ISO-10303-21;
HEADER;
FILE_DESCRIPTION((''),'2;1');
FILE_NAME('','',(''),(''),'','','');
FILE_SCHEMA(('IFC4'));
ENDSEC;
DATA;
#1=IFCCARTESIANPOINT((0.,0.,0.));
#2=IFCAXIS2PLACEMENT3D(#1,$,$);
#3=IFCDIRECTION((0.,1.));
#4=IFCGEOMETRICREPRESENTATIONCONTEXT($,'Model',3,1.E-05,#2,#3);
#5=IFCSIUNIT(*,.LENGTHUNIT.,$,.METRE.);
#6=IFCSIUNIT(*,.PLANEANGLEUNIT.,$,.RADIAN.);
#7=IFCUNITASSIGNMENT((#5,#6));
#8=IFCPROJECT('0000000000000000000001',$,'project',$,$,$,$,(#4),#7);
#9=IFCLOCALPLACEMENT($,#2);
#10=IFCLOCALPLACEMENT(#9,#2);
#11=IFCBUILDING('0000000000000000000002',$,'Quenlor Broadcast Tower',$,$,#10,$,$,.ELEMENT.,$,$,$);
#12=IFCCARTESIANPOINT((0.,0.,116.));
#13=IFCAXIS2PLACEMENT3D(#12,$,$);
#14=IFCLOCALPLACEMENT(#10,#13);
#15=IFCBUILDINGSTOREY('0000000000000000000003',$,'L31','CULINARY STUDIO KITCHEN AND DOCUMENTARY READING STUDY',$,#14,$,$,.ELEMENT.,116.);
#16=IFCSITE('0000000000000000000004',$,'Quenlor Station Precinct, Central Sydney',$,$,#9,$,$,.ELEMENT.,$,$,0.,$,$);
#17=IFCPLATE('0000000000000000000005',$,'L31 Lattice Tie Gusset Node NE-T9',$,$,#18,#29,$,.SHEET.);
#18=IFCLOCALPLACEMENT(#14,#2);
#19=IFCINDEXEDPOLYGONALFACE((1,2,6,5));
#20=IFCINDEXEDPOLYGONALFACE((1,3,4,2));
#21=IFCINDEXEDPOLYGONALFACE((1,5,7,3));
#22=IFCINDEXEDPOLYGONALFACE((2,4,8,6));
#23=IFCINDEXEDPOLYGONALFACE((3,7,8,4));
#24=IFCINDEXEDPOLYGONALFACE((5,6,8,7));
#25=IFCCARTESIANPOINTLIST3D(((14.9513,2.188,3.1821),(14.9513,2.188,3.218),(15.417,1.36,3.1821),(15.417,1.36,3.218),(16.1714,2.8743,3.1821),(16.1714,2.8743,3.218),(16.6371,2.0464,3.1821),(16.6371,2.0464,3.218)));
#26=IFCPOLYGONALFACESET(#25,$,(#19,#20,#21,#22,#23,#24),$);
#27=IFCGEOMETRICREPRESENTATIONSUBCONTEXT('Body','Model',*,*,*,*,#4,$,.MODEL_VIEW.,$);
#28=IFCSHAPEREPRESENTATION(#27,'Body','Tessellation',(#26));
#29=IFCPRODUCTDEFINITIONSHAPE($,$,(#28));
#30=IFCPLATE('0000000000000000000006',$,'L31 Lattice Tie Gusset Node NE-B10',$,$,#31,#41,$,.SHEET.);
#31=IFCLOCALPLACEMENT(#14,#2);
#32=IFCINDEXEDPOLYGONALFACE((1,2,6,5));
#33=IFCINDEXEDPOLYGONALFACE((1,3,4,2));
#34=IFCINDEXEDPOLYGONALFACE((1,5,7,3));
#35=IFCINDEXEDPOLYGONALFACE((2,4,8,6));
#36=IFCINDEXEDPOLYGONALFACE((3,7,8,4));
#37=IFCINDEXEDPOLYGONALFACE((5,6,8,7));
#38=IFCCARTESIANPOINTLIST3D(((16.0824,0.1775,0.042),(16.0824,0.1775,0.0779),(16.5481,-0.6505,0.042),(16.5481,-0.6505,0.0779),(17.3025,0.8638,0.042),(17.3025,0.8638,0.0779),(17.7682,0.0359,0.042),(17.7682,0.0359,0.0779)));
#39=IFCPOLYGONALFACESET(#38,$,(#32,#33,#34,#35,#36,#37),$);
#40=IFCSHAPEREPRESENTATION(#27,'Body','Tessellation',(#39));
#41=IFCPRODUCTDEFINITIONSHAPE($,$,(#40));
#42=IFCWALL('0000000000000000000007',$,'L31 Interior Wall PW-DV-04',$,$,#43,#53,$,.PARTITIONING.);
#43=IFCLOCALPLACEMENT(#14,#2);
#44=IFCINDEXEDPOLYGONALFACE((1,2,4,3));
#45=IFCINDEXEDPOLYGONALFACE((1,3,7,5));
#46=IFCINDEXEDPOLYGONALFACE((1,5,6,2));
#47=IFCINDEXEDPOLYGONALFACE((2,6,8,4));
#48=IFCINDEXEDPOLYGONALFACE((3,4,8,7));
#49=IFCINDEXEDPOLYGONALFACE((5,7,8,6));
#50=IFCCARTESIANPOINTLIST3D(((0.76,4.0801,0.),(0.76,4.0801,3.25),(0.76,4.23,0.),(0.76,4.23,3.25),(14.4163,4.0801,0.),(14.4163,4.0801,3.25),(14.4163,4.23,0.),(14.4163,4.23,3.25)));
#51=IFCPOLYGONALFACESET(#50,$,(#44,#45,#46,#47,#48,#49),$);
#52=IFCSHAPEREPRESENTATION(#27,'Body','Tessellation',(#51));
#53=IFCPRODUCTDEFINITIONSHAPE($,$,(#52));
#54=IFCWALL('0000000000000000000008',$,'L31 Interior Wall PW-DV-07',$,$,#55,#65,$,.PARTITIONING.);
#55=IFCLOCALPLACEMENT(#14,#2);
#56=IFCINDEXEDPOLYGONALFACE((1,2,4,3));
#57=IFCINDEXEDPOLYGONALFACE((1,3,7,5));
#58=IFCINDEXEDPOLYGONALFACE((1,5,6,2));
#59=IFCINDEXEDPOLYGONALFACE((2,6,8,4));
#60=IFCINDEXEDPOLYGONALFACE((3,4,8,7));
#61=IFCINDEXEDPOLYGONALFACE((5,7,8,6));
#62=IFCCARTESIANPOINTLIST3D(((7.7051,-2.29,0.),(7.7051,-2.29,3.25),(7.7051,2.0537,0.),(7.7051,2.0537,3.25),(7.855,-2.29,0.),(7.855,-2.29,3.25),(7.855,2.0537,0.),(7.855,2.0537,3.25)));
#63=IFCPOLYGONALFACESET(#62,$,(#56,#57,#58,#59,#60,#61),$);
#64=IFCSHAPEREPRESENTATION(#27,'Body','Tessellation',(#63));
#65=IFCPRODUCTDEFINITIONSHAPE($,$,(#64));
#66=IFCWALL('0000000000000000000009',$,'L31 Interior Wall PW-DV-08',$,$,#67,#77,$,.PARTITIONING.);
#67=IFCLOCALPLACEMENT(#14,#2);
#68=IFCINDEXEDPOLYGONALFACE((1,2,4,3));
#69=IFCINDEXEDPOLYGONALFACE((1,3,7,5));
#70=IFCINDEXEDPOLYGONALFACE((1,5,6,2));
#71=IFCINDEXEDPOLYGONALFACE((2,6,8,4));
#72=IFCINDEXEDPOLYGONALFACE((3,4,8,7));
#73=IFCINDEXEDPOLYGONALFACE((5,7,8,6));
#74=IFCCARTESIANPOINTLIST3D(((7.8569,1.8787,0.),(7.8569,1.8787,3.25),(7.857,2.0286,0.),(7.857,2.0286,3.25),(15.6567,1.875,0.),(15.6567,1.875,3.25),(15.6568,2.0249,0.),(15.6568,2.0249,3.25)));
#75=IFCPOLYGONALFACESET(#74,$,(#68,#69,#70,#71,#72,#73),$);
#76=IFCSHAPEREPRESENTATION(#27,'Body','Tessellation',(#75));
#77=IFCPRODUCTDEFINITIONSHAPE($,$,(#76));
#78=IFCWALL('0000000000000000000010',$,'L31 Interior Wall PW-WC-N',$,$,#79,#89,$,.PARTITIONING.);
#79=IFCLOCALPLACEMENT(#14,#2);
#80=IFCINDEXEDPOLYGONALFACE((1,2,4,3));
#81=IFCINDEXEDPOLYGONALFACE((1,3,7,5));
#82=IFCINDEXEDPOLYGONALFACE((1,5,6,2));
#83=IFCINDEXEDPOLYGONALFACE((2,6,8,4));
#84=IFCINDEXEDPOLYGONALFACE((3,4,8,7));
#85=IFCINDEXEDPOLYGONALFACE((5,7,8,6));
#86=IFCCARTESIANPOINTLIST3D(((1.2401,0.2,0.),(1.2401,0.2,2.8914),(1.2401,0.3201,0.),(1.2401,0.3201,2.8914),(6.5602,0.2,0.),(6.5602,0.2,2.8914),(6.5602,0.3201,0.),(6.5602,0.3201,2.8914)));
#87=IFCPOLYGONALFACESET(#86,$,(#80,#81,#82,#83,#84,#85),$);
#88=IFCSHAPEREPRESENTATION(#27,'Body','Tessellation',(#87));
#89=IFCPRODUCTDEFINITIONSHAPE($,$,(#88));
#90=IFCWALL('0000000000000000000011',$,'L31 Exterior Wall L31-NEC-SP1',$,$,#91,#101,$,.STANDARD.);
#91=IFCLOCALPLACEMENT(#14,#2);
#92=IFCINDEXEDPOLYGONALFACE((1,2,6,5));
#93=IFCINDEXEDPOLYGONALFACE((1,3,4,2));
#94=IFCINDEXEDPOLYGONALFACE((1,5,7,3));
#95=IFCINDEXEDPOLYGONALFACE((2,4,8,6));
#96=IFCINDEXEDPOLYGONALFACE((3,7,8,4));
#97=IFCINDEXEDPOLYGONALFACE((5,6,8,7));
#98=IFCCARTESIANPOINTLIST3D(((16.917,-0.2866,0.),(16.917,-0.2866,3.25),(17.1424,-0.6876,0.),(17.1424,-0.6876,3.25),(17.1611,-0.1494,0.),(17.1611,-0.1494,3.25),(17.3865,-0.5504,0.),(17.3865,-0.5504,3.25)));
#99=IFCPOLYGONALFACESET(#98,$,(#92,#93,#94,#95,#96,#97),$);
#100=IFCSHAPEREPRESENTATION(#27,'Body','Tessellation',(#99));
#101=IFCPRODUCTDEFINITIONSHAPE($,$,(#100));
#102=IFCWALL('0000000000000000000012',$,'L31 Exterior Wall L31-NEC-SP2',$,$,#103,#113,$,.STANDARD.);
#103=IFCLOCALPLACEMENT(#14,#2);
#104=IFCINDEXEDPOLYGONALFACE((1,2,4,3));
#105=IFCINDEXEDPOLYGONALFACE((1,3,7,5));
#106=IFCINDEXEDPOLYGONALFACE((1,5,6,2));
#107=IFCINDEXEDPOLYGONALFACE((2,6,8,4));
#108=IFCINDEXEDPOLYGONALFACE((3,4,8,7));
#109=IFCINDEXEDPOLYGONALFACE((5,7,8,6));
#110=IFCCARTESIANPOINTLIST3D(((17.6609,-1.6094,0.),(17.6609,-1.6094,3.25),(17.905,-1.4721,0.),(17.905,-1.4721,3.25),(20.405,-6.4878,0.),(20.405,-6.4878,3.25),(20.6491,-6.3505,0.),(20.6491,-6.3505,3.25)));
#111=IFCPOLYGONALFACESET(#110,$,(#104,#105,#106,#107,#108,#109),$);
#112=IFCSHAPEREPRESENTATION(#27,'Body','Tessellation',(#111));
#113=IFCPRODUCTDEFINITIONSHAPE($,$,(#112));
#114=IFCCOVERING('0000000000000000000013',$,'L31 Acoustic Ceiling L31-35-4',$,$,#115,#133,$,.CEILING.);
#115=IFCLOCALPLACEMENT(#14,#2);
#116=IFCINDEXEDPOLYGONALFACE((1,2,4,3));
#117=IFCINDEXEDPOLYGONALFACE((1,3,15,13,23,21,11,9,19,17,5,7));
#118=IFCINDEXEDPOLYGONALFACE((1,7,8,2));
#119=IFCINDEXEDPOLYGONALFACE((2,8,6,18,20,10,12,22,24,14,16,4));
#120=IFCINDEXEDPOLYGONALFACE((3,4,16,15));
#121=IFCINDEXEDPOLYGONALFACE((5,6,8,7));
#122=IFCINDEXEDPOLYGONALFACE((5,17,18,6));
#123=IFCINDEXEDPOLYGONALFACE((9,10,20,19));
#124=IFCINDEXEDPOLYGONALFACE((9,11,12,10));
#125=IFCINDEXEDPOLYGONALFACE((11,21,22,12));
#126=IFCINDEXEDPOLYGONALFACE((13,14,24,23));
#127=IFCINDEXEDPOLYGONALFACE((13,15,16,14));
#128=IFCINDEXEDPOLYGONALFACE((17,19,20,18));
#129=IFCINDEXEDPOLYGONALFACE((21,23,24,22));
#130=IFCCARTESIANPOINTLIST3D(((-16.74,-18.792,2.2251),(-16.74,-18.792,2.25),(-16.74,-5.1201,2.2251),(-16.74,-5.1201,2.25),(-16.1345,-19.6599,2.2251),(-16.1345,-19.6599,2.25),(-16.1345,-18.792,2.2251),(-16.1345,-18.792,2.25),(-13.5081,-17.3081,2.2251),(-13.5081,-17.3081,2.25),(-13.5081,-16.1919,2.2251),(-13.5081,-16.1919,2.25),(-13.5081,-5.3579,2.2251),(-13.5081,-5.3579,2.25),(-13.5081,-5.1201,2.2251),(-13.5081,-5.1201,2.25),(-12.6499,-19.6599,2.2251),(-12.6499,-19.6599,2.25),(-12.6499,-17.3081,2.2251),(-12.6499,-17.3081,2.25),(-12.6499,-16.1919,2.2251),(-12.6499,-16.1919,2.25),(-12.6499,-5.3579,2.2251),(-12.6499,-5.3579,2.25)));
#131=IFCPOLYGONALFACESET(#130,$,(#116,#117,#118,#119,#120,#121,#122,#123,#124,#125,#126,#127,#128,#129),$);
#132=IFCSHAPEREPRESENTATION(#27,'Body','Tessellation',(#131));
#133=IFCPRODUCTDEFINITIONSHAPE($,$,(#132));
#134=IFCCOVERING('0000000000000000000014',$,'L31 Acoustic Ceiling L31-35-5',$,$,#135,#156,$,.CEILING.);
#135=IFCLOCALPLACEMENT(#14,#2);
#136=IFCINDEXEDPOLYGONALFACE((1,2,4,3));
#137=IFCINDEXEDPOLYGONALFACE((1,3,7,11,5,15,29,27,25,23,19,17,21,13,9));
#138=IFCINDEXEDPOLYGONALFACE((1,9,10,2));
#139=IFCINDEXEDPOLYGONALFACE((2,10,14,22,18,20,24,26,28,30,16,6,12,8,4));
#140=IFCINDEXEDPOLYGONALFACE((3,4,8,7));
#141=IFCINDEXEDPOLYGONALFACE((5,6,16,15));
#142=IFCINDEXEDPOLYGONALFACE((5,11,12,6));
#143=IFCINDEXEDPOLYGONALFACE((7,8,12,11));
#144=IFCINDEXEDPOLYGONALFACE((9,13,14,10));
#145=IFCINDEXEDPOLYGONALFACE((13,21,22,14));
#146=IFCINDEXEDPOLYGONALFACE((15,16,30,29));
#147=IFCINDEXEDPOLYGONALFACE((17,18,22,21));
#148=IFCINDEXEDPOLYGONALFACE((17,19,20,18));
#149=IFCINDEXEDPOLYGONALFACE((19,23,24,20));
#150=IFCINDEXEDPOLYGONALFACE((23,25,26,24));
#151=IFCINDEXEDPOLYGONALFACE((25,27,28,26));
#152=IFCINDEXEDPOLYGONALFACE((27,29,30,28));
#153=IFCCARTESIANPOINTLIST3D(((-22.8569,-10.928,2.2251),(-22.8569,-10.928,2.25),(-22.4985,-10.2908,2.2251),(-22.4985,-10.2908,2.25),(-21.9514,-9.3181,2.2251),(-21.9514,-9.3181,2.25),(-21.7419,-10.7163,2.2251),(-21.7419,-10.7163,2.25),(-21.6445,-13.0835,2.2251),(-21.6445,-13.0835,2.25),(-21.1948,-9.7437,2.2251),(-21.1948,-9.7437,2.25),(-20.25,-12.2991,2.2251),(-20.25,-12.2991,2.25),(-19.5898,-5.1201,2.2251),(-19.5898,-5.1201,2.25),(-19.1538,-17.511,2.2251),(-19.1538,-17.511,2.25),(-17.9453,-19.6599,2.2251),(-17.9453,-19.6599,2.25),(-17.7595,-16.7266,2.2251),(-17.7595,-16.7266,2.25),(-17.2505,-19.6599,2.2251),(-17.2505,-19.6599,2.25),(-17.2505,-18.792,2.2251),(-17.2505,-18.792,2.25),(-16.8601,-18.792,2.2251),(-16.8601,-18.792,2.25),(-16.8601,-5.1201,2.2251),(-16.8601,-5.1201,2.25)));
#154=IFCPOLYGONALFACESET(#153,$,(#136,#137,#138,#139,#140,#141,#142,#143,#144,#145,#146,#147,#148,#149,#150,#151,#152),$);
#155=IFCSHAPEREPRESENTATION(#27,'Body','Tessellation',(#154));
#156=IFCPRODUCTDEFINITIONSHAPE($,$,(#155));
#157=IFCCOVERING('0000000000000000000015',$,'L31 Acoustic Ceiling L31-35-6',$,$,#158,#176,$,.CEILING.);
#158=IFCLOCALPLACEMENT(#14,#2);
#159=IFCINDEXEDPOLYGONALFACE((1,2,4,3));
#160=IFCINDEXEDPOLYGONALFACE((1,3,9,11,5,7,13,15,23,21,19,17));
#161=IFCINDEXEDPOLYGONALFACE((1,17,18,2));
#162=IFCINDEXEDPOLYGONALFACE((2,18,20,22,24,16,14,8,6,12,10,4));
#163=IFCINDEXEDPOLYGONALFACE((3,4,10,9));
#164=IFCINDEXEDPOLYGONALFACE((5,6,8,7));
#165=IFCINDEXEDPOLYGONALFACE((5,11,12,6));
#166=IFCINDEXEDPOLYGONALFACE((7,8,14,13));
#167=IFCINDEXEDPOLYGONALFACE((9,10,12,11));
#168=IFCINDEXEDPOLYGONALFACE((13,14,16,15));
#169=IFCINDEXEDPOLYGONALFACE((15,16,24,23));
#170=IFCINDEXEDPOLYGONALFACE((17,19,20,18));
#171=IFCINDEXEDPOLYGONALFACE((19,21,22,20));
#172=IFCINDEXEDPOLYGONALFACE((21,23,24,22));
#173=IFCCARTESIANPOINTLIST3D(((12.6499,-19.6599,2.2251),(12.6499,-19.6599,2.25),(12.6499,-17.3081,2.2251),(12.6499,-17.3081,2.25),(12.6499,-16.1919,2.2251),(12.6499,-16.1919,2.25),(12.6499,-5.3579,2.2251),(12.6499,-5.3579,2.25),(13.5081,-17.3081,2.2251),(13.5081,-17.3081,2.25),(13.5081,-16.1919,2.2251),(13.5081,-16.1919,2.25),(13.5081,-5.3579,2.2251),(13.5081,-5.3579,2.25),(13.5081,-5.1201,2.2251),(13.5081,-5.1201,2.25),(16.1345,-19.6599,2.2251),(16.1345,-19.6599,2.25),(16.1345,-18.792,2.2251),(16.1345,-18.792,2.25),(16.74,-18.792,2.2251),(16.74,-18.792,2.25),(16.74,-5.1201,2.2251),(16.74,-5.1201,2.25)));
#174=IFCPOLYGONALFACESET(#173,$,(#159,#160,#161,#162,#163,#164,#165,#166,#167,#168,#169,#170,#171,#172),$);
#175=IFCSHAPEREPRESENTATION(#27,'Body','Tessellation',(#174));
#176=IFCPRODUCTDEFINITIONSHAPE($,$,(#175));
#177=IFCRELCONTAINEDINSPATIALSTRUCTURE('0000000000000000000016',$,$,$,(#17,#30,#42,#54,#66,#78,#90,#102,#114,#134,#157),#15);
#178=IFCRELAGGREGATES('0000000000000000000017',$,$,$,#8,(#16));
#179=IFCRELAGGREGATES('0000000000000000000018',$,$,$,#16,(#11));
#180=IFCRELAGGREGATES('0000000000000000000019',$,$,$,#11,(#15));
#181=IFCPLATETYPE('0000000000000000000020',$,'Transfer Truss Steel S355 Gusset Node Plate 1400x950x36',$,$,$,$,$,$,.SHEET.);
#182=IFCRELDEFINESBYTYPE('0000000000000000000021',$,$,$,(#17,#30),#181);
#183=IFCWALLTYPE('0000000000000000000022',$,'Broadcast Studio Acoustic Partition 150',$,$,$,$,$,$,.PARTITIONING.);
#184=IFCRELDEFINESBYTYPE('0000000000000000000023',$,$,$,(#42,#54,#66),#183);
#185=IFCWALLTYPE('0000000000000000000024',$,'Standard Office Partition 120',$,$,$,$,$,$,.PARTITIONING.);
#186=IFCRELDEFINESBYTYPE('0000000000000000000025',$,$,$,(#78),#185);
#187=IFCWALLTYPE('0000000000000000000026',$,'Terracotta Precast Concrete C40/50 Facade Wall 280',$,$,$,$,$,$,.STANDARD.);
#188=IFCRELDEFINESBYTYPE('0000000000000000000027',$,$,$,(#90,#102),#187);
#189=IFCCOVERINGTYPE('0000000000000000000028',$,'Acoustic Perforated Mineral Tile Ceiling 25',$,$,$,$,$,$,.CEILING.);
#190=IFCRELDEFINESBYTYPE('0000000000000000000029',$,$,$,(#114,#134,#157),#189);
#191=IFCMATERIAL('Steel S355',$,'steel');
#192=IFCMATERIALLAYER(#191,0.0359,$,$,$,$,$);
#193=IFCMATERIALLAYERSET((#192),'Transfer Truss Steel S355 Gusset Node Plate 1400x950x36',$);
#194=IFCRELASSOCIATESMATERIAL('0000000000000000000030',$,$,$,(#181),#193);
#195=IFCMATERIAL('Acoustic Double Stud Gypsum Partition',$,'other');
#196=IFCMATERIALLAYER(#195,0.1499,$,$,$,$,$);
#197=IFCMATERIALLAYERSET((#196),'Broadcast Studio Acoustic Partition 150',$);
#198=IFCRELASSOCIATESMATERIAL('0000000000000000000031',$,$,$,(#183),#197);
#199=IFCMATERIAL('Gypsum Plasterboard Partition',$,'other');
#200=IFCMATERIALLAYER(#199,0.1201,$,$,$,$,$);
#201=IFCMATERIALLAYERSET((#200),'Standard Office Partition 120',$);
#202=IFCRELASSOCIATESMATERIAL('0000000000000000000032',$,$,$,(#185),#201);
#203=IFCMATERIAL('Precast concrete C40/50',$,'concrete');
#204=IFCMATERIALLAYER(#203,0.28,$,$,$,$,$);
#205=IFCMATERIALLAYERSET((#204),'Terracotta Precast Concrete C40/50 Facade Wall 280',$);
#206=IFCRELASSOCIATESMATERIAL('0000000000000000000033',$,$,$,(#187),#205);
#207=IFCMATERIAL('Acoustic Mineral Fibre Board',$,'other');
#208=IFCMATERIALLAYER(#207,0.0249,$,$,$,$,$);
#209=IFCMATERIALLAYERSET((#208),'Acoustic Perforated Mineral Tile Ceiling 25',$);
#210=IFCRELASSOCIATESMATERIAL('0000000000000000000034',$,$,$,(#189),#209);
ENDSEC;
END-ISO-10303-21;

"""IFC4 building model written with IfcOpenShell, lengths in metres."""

from ifc_helpers import new_model, si_unit, direction, frame, frame_2d, origin, origin_2d, place, context, subcontext, project, spatial, polyline, rectangle, outline, extrude, material, layer, layer_set, type_object, element, save


model = new_model("IFC4")

# Units and contexts
model_context = context("Model", 3, precision=1e-05, world=origin(), true_north=direction((0.0, 1.0)))
body_context = subcontext(model_context, "Body", "Model", "MODEL_VIEW")
ifc_project = project(units=[si_unit("LENGTHUNIT", "METRE"), si_unit("PLANEANGLEUNIT", "RADIAN")], contexts=[model_context])

# Site, building, storey
site_placement = place(None, origin())
site = spatial("IfcSite", under=ifc_project, at=site_placement, Name="Quenlor Station Precinct, Central Sydney", CompositionType="ELEMENT", RefElevation=0.0)
building_placement = place(site_placement, origin())
building = spatial("IfcBuilding", under=site, at=building_placement, Name="Quenlor Broadcast Tower", CompositionType="ELEMENT")
storey_placement = place(building_placement, frame((0.0, 0.0, 116.0)))
storey = spatial("IfcBuildingStorey", under=building, at=storey_placement, Name="L31", Description="CULINARY STUDIO KITCHEN AND DOCUMENTARY READING STUDY", CompositionType="ELEMENT", Elevation=116.0)

# Plates
ifc_material_1 = material(Name="Steel S355", Category="steel")
ifc_layer_1 = layer(ifc_material_1, 0.0359)
ifc_layer_set_1 = layer_set([ifc_layer_1], Name="Transfer Truss Steel S355 Gusset Node Plate 1400x950x36")
plate_type_1 = type_object("IfcPlateType", Name="Transfer Truss Steel S355 Gusset Node Plate 1400x950x36", PredefinedType="SHEET", material=ifc_layer_set_1)
for number, where, z_axis, x_axis, name in (
    (1, (15.7942, 2.1172, 3.1821), (0.0, 0.0, 1.0), (0.871556, 0.490295, 0.0), "L31 Lattice Tie Gusset Node NE-T9"),
    (2, (16.9253, 0.1067, 0.042), (0.0, 0.0, 1.0), (0.871556, 0.490295, 0.0), "L31 Lattice Tie Gusset Node NE-B10"),
):
    element("IfcPlate", number, at=place(storey_placement, frame(where, z_axis=z_axis, x_axis=x_axis)), inside=storey, type_object=plate_type_1, Name=name, PredefinedType="SHEET", context=body_context, shape_type="SweptSolid", body=[
        extrude(rectangle(XDim=1.3999, YDim=0.95, at=origin_2d()), origin(), (0.0, 0.0, 1.0), 0.0359),
    ])

# Walls
ifc_material_2 = material(Name="Acoustic Double Stud Gypsum Partition", Category="other")
ifc_layer_2 = layer(ifc_material_2, 0.1499)
ifc_layer_set_2 = layer_set([ifc_layer_2], Name="Broadcast Studio Acoustic Partition 150")
wall_type_1 = type_object("IfcWallType", Name="Broadcast Studio Acoustic Partition 150", PredefinedType="PARTITIONING", material=ifc_layer_set_2)
wall_1_placement = place(storey_placement, frame((14.4163, 4.155, 0.0), z_axis=(0.0, 0.0, 1.0), x_axis=(-1.0, 0.0, 0.0)))
element("IfcWall", 3, at=wall_1_placement, inside=storey, type_object=wall_type_1, Name="L31 Interior Wall PW-DV-04", PredefinedType="PARTITIONING", context=body_context, shape_type="SweptSolid", body=[
    extrude(rectangle(XDim=13.6562, YDim=0.1499, at=frame_2d((6.8281, 0.0))), origin(), (0.0, 0.0, 1.0), 3.25),
])
wall_2_placement = place(storey_placement, frame((7.78, 2.0537, 0.0), z_axis=(0.0, 0.0, 1.0), x_axis=(0.0, -1.0, 0.0)))
element("IfcWall", 4, at=wall_2_placement, inside=storey, type_object=wall_type_1, Name="L31 Interior Wall PW-DV-07", PredefinedType="PARTITIONING", context=body_context, shape_type="SweptSolid", body=[
    extrude(rectangle(XDim=4.3438, YDim=0.1499, at=frame_2d((2.1719, 0.0))), origin(), (0.0, 0.0, 1.0), 3.25),
])
wall_3_placement = place(storey_placement, frame((15.6567, 1.95, 0.0), z_axis=(0.0, 0.0, 1.0), x_axis=(-1.0, 0.00047, 0.0)))
element("IfcWall", 5, at=wall_3_placement, inside=storey, type_object=wall_type_1, Name="L31 Interior Wall PW-DV-08", PredefinedType="PARTITIONING", context=body_context, shape_type="SweptSolid", body=[
    extrude(rectangle(XDim=7.7998, YDim=0.1499, at=frame_2d((3.8999, 0.0))), origin(), (0.0, 0.0, 1.0), 3.25),
])
ifc_material_3 = material(Name="Gypsum Plasterboard Partition", Category="other")
ifc_layer_3 = layer(ifc_material_3, 0.1201)
ifc_layer_set_3 = layer_set([ifc_layer_3], Name="Standard Office Partition 120")
wall_type_2 = type_object("IfcWallType", Name="Standard Office Partition 120", PredefinedType="PARTITIONING", material=ifc_layer_set_3)
wall_4_placement = place(storey_placement, frame((1.24, 0.26, 0.0), z_axis=(0.0, 0.0, 1.0), x_axis=(1.0, 0.0, 0.0)))
element("IfcWall", 6, at=wall_4_placement, inside=storey, type_object=wall_type_2, Name="L31 Interior Wall PW-WC-N", PredefinedType="PARTITIONING", context=body_context, shape_type="SweptSolid", body=[
    extrude(rectangle(XDim=5.3201, YDim=0.1201, at=frame_2d((2.6602, 0.0))), origin(), (0.0, 0.0, 1.0), 2.8914),
])
ifc_material_4 = material(Name="Precast concrete C40/50", Category="concrete")
ifc_layer_4 = layer(ifc_material_4, 0.28)
ifc_layer_set_4 = layer_set([ifc_layer_4], Name="Terracotta Precast Concrete C40/50 Facade Wall 280")
wall_type_3 = type_object("IfcWallType", Name="Terracotta Precast Concrete C40/50 Facade Wall 280", PredefinedType="STANDARD", material=ifc_layer_set_4)
wall_5_placement = place(storey_placement, frame((17.0391, -0.218, 0.0), z_axis=(0.0, 0.0, 1.0), x_axis=(0.490009, -0.871717, 0.0)))
element("IfcWall", 7, at=wall_5_placement, inside=storey, type_object=wall_type_3, Name="L31 Exterior Wall L31-NEC-SP1", PredefinedType="STANDARD", context=body_context, shape_type="SweptSolid", body=[
    extrude(rectangle(XDim=0.46, YDim=0.28, at=frame_2d((0.23, 0.0))), origin(), (0.0, 0.0, 1.0), 3.25),
])
wall_6_placement = place(storey_placement, frame((17.783, -1.5408, 0.0), z_axis=(0.0, 0.0, 1.0), x_axis=(0.490265, -0.871573, 0.0)))
element("IfcWall", 8, at=wall_6_placement, inside=storey, type_object=wall_type_3, Name="L31 Exterior Wall L31-NEC-SP2", PredefinedType="STANDARD", context=body_context, shape_type="SweptSolid", body=[
    extrude(rectangle(XDim=5.5972, YDim=0.28, at=frame_2d((2.7986, 0.0))), origin(), (0.0, 0.0, 1.0), 3.25),
])

# Coverings
ifc_material_5 = material(Name="Acoustic Mineral Fibre Board", Category="other")
ifc_layer_5 = layer(ifc_material_5, 0.0249)
ifc_layer_set_5 = layer_set([ifc_layer_5], Name="Acoustic Perforated Mineral Tile Ceiling 25")
covering_type = type_object("IfcCoveringType", Name="Acoustic Perforated Mineral Tile Ceiling 25", PredefinedType="CEILING", material=ifc_layer_set_5)
covering_1_placement = place(storey_placement, frame((0.0, 0.0, 2.2251)))
element("IfcCovering", 9, at=covering_1_placement, inside=storey, type_object=covering_type, Name="L31 Acoustic Ceiling L31-35-4", PredefinedType="CEILING", context=body_context, shape_type="SweptSolid", body=[
    extrude(outline(polyline([(-13.5081, -5.3579), (-12.6499, -5.3579), (-12.6499, -16.1919), (-13.5081, -16.1919), (-13.5081, -17.3081), (-12.6499, -17.3081), (-12.6499, -19.6599), (-16.1345, -19.6599), (-16.1345, -18.792), (-16.74, -18.792), (-16.74, -5.1201), (-13.5081, -5.1201), (-13.5081, -5.3579)])), origin(), (0.0, 0.0, 1.0), 0.0249),
])
covering_2_placement = place(storey_placement, frame((0.0, 0.0, 2.2251)))
element("IfcCovering", 10, at=covering_2_placement, inside=storey, type_object=covering_type, Name="L31 Acoustic Ceiling L31-35-5", PredefinedType="CEILING", context=body_context, shape_type="SweptSolid", body=[
    extrude(outline(polyline([(-16.8601, -18.792), (-17.2505, -18.792), (-17.2505, -19.6599), (-17.9453, -19.6599), (-19.1538, -17.511), (-17.7595, -16.7266), (-20.25, -12.2991), (-21.6445, -13.0835), (-22.8569, -10.928), (-22.4985, -10.2908), (-21.7419, -10.7163), (-21.1948, -9.7437), (-21.9514, -9.3181), (-19.5898, -5.1201), (-16.8601, -5.1201), (-16.8601, -18.792)])), origin(), (0.0, 0.0, 1.0), 0.0249),
])
covering_3_placement = place(storey_placement, frame((0.0, 0.0, 2.2251)))
element("IfcCovering", 11, at=covering_3_placement, inside=storey, type_object=covering_type, Name="L31 Acoustic Ceiling L31-35-6", PredefinedType="CEILING", context=body_context, shape_type="SweptSolid", body=[
    extrude(outline(polyline([(13.5081, -17.3081), (13.5081, -16.1919), (12.6499, -16.1919), (12.6499, -5.3579), (13.5081, -5.3579), (13.5081, -5.1201), (16.74, -5.1201), (16.74, -18.792), (16.1345, -18.792), (16.1345, -19.6599), (12.6499, -19.6599), (12.6499, -17.3081), (13.5081, -17.3081)])), origin(), (0.0, 0.0, 1.0), 0.0249),
])

save(model, "model.ifc")
